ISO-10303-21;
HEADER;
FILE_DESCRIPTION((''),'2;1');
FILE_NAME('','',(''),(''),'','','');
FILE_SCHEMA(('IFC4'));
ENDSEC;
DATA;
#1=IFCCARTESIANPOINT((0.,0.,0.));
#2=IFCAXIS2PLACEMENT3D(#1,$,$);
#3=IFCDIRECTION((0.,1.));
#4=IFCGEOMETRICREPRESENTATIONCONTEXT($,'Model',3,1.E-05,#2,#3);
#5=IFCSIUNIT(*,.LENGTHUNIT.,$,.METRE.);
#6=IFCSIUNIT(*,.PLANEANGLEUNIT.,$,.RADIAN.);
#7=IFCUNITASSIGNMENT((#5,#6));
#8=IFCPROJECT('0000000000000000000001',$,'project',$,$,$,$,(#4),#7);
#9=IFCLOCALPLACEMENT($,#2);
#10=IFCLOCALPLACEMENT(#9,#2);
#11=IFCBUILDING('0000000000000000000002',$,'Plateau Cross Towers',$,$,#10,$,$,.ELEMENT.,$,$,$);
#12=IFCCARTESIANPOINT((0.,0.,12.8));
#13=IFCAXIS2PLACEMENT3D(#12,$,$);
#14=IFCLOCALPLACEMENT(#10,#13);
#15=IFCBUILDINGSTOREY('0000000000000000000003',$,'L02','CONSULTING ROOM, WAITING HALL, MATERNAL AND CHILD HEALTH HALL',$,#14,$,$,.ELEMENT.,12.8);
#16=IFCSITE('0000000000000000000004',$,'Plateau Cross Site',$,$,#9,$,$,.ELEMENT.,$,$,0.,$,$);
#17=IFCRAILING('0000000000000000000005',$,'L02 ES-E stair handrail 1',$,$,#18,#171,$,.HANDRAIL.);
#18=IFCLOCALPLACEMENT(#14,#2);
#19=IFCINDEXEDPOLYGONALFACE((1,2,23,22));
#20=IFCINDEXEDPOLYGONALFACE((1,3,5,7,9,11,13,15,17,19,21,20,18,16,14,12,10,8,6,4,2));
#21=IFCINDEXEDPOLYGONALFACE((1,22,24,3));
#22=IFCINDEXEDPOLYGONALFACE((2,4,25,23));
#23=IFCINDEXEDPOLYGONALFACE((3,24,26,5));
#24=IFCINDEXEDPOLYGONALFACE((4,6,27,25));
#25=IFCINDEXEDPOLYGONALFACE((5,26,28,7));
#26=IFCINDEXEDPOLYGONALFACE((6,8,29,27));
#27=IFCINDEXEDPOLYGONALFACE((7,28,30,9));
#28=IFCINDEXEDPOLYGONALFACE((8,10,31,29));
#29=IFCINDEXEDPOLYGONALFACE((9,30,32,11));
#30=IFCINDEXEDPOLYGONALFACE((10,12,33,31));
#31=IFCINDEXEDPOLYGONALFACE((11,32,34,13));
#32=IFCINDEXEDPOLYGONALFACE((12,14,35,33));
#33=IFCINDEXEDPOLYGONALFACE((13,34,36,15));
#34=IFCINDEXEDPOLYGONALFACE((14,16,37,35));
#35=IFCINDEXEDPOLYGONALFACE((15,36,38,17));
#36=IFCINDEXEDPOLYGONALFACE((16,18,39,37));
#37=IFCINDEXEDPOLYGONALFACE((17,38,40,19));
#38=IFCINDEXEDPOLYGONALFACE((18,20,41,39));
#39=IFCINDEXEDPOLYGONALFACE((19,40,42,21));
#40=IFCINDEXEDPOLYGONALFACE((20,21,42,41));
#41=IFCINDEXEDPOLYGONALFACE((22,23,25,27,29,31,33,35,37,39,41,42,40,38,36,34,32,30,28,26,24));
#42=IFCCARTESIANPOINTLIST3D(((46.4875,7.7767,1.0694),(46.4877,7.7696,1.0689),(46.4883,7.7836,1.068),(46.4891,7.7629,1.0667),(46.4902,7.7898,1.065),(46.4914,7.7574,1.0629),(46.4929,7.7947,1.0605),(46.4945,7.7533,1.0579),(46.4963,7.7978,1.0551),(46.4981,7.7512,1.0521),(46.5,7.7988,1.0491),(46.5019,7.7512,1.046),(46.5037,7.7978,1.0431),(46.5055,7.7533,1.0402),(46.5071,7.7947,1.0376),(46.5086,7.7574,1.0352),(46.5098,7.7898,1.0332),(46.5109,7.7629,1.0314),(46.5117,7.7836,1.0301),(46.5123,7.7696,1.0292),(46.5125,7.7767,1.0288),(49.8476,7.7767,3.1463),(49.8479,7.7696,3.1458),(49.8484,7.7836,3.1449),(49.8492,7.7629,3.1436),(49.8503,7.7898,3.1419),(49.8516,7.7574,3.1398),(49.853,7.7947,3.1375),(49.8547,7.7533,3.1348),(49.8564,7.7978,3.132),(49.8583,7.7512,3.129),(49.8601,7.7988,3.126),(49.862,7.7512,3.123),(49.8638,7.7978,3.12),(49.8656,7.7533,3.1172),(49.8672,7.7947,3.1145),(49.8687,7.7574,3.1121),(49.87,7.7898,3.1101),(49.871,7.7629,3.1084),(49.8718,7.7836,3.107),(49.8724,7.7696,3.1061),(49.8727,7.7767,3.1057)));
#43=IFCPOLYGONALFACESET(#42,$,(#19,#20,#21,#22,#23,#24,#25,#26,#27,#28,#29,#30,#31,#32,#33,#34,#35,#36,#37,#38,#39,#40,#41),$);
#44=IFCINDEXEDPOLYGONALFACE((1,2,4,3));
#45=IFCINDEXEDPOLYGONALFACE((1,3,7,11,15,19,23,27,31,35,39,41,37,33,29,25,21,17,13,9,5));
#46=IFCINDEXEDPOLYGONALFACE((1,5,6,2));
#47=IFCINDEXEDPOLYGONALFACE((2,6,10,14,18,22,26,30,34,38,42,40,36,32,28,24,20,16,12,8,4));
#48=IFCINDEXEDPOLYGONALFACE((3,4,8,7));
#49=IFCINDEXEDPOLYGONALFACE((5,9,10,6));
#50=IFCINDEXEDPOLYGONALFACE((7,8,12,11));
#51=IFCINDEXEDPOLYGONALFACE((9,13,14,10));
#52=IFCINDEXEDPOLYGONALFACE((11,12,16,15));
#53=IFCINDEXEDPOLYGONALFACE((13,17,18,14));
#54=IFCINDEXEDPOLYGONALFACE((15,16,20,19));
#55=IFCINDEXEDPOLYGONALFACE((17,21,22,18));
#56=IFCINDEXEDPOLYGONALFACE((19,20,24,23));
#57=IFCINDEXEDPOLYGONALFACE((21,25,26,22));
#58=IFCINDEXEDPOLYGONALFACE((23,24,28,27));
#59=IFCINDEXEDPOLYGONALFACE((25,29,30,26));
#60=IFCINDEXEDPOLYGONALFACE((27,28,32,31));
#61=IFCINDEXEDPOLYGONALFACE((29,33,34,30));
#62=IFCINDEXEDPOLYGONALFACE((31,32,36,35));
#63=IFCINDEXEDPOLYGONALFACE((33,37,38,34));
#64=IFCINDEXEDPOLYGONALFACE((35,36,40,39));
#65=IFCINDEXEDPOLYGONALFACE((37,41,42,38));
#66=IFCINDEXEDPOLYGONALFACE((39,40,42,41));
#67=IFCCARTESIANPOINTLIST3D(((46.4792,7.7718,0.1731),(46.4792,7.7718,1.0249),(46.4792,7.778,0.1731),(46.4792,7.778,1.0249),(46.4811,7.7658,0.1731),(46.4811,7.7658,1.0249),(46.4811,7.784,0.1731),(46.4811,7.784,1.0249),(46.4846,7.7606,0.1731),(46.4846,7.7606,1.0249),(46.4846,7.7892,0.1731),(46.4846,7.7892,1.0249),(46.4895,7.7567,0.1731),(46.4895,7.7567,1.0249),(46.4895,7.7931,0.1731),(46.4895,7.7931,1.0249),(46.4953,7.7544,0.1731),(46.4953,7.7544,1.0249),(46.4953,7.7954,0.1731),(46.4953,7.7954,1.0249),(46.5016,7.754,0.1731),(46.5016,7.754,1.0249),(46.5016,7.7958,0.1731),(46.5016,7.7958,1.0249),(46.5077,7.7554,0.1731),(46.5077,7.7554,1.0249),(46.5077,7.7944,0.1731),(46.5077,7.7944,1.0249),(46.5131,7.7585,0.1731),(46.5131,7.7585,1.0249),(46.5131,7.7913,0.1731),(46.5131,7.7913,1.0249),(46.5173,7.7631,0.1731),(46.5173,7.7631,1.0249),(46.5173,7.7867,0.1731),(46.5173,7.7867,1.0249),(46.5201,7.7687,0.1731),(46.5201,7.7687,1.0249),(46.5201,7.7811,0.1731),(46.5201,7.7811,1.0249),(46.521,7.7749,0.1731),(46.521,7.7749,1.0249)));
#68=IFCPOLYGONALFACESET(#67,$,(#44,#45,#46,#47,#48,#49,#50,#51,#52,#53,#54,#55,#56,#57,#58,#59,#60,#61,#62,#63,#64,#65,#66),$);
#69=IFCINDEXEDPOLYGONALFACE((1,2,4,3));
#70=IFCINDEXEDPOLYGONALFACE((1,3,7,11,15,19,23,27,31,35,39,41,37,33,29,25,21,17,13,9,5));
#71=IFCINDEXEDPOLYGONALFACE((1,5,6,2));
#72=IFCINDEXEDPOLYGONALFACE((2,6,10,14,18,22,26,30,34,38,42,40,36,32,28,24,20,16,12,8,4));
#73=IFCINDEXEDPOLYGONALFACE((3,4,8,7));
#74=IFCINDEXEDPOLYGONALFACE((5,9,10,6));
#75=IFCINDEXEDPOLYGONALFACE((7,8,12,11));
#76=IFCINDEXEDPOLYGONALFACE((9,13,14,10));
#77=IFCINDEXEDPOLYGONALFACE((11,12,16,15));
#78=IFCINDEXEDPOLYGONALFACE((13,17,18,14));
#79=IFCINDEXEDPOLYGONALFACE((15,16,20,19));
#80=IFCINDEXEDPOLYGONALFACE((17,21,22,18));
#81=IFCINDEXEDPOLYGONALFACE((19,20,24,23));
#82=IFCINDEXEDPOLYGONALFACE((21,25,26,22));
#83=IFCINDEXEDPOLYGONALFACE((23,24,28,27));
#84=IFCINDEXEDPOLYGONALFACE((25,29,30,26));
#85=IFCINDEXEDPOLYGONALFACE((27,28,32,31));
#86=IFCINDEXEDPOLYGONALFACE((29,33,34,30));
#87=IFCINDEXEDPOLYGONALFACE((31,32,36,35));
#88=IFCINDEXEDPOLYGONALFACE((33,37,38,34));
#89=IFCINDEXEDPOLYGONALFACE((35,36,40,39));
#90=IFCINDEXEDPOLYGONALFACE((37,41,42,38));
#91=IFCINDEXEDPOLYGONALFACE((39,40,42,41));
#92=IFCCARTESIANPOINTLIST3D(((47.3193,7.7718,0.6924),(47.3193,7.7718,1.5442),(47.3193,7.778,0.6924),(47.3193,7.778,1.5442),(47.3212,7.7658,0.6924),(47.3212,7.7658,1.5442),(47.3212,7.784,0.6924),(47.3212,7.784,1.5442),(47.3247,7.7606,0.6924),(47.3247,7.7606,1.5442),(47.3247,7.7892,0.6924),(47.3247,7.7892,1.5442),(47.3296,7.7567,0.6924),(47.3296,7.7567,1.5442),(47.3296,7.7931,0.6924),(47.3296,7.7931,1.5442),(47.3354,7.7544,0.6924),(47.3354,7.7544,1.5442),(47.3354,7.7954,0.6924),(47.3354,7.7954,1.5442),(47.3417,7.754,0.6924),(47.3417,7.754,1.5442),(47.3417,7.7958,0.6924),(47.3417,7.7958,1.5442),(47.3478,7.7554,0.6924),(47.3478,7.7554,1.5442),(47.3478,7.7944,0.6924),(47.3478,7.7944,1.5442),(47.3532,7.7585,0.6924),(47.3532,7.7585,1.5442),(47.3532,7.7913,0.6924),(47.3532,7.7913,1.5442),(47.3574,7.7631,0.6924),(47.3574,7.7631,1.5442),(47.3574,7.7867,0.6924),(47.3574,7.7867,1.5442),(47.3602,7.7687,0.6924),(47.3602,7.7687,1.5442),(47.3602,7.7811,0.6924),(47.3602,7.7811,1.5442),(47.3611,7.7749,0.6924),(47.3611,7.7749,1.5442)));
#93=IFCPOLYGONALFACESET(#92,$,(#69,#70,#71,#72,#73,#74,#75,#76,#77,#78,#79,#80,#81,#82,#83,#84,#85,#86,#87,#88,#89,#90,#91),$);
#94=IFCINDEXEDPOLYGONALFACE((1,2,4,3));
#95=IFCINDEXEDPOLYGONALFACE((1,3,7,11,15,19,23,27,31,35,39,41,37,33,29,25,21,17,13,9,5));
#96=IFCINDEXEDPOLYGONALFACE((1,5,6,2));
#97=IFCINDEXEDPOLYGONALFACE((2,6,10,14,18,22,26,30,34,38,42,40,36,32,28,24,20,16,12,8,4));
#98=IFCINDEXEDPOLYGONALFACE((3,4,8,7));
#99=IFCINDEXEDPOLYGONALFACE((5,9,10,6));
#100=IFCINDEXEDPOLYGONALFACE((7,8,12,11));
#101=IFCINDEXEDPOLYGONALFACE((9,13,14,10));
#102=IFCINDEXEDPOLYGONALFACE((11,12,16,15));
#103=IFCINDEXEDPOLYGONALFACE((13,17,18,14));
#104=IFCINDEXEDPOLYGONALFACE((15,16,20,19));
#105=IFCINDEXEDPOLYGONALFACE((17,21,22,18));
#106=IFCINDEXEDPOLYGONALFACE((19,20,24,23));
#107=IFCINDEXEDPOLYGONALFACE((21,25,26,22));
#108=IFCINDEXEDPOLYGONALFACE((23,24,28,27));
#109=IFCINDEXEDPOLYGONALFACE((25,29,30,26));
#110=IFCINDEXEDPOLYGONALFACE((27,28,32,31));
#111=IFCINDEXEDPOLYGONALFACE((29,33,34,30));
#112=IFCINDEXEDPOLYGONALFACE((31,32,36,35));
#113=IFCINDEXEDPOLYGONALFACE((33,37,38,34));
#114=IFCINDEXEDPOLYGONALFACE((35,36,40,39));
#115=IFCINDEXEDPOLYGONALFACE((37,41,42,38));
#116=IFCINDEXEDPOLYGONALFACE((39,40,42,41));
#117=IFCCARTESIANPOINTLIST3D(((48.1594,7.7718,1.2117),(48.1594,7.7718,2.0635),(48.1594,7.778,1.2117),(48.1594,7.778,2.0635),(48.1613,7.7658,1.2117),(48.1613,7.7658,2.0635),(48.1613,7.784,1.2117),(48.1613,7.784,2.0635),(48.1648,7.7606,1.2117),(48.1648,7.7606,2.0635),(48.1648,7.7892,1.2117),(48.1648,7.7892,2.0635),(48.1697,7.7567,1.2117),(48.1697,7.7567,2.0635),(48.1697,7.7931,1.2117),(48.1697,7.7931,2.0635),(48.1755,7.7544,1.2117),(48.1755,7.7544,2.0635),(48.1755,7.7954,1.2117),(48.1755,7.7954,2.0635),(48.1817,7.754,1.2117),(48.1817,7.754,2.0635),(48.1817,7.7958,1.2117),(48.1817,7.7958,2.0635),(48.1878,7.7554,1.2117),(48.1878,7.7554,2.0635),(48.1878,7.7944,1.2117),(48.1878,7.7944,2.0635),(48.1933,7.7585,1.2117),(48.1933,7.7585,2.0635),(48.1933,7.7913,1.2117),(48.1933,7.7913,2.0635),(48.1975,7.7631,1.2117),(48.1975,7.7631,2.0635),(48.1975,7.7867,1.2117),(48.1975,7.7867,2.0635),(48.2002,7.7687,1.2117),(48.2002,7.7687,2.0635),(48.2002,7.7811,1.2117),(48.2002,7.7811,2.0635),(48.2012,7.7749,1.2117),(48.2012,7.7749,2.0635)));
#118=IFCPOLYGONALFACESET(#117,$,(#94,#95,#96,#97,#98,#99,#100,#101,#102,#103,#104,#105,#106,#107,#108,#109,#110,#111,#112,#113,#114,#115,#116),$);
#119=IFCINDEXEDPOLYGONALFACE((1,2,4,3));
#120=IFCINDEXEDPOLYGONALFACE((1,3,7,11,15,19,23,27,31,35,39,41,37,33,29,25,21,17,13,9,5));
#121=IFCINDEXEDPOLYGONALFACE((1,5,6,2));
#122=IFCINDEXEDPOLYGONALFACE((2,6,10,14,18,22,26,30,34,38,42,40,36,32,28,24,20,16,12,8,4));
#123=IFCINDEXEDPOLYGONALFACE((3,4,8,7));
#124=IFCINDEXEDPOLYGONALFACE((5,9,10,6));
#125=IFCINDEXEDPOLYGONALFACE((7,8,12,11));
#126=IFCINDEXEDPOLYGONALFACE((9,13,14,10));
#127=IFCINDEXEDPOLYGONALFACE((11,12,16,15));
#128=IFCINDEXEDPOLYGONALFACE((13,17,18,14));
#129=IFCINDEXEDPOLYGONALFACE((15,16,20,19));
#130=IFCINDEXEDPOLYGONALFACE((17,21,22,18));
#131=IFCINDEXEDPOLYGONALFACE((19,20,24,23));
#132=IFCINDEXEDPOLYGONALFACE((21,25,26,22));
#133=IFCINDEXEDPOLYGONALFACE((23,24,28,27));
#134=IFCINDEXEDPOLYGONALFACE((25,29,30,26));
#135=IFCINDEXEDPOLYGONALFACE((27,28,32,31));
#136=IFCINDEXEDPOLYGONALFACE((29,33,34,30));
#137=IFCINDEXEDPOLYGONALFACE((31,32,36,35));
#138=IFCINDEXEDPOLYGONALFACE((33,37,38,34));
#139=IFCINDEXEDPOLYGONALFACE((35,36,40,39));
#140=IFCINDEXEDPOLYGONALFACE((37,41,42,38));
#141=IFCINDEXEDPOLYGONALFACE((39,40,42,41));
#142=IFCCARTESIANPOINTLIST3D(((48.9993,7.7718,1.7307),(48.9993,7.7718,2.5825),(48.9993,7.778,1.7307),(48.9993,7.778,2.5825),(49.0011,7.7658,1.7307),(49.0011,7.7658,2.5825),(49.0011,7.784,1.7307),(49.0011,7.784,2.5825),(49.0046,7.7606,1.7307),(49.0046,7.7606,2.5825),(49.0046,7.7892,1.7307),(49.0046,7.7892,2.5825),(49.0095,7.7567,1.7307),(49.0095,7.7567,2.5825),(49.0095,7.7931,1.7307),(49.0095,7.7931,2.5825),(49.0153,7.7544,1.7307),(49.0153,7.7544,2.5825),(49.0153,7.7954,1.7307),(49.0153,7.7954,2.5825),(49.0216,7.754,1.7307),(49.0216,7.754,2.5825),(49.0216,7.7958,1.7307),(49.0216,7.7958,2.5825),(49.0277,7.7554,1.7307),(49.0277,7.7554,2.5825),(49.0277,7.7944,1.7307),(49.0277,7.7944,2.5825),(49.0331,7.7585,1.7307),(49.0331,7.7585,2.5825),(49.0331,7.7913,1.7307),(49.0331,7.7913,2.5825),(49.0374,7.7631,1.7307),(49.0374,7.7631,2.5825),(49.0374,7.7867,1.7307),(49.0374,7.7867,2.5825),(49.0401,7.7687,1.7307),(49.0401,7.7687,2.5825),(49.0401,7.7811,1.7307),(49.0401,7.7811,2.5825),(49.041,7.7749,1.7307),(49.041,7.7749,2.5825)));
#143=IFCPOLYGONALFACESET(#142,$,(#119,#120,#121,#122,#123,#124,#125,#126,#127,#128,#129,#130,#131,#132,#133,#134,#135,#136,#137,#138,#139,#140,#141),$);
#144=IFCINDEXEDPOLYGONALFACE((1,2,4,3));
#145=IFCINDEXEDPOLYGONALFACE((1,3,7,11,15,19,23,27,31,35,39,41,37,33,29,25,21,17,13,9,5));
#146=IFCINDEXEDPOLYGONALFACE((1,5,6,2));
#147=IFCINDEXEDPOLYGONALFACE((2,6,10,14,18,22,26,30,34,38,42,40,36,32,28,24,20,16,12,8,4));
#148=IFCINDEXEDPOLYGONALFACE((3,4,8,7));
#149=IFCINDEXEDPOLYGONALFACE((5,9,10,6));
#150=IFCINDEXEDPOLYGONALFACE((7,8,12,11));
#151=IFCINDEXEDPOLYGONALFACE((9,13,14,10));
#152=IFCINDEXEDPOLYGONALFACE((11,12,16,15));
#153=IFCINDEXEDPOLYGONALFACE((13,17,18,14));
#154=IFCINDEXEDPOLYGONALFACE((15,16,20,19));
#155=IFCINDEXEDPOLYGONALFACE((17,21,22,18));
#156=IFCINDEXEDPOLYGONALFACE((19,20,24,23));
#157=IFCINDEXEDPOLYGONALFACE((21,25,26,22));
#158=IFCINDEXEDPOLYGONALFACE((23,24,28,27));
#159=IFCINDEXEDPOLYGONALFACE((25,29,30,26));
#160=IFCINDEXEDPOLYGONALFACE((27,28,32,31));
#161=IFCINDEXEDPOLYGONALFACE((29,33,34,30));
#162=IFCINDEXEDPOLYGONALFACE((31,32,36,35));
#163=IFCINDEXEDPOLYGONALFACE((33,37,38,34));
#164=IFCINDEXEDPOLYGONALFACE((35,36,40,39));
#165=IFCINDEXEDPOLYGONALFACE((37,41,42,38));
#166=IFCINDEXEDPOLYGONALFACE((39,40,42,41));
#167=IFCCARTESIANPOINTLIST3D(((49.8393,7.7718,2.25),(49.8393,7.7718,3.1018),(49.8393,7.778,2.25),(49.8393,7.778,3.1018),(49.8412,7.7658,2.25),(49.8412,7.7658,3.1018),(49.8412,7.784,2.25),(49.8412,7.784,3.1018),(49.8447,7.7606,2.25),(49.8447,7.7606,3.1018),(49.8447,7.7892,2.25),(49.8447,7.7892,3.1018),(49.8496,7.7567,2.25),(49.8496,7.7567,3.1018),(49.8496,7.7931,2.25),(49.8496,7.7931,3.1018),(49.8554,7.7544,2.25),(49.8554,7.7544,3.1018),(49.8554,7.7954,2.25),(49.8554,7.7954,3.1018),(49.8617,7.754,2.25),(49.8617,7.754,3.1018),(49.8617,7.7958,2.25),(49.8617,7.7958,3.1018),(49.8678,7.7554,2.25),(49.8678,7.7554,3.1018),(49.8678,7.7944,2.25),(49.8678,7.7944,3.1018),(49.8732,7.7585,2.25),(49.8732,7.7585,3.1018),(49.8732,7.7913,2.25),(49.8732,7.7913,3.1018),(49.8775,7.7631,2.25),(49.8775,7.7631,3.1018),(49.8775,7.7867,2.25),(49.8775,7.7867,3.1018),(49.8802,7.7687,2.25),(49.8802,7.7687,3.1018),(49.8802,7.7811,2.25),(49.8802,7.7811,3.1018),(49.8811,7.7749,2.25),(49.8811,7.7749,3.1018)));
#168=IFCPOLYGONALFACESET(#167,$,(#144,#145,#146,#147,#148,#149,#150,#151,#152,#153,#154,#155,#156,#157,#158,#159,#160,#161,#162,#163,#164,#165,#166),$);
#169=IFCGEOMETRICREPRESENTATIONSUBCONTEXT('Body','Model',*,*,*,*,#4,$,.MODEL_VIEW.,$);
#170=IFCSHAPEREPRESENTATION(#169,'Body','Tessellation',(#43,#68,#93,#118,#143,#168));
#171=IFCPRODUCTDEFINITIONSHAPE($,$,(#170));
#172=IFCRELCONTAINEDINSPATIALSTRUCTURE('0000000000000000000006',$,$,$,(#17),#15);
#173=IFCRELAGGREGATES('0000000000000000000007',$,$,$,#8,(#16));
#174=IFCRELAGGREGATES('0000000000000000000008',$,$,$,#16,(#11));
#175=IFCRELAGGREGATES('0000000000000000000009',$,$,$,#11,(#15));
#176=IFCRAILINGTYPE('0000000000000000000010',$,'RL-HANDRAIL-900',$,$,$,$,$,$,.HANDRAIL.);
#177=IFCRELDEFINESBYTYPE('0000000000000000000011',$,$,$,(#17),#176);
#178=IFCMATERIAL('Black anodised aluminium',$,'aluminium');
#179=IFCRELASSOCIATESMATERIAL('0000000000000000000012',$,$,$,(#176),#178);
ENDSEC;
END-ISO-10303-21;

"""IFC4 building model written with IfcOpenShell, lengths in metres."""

from ifc_helpers import new_model, si_unit, direction, frame, origin, origin_2d, place, context, subcontext, project, spatial, circle, extrude, material, type_object, element, save


model = new_model("IFC4")

# Units and contexts
model_context = context("Model", 3, precision=1e-05, world=origin(), true_north=direction((0.0, 1.0)))
body_context = subcontext(model_context, "Body", "Model", "MODEL_VIEW")
ifc_project = project(units=[si_unit("LENGTHUNIT", "METRE"), si_unit("PLANEANGLEUNIT", "RADIAN")], contexts=[model_context])

# Site, building, storey
site_placement = place(None, origin())
site = spatial("IfcSite", under=ifc_project, at=site_placement, Name="Plateau Cross Site", CompositionType="ELEMENT", RefElevation=0.0)
building_placement = place(site_placement, origin())
building = spatial("IfcBuilding", under=site, at=building_placement, Name="Plateau Cross Towers", CompositionType="ELEMENT")
storey_placement = place(building_placement, frame((0.0, 0.0, 12.8)))
storey = spatial("IfcBuildingStorey", under=building, at=storey_placement, Name="L02", Description="CONSULTING ROOM, WAITING HALL, MATERNAL AND CHILD HEALTH HALL", CompositionType="ELEMENT", Elevation=12.8)

# Railing
ifc_material_1 = material(Name="Black anodised aluminium", Category="aluminium")
railing_type_1 = type_object("IfcRailingType", Name="RL-HANDRAIL-900", PredefinedType="HANDRAIL", material=ifc_material_1)
railing_1_placement = place(storey_placement, frame((46.5, 7.7749, 0.1731)))
element("IfcRailing", 1, at=railing_1_placement, inside=storey, type_object=railing_type_1, Name="L02 ES-E stair handrail 1", PredefinedType="HANDRAIL", context=body_context, shape_type="SweptSolid", body=[
    extrude(circle(Radius=0.0239, at=origin_2d()), frame((0.0, 0.0, 0.876), z_axis=(0.850623, 0.0, 0.525776), x_axis=(0.0, 1.0, 0.0)), (0.0, 0.0, 1.0), 3.9502),
    extrude(circle(Radius=0.021, at=origin_2d()), origin(), (0.0, 0.0, 1.0), 0.8518),
    extrude(circle(Radius=0.021, at=origin_2d()), frame((0.8401, 0.0, 0.5193)), (0.0, 0.0, 1.0), 0.8518),
    extrude(circle(Radius=0.021, at=origin_2d()), frame((1.6802, 0.0, 1.0386)), (0.0, 0.0, 1.0), 0.8518),
    extrude(circle(Radius=0.021, at=origin_2d()), frame((2.52, 0.0, 1.5576)), (0.0, 0.0, 1.0), 0.8518),
    extrude(circle(Radius=0.021, at=origin_2d()), frame((3.3601, 0.0, 2.0769)), (0.0, 0.0, 1.0), 0.8518),
])

save(model, "model.ifc")
